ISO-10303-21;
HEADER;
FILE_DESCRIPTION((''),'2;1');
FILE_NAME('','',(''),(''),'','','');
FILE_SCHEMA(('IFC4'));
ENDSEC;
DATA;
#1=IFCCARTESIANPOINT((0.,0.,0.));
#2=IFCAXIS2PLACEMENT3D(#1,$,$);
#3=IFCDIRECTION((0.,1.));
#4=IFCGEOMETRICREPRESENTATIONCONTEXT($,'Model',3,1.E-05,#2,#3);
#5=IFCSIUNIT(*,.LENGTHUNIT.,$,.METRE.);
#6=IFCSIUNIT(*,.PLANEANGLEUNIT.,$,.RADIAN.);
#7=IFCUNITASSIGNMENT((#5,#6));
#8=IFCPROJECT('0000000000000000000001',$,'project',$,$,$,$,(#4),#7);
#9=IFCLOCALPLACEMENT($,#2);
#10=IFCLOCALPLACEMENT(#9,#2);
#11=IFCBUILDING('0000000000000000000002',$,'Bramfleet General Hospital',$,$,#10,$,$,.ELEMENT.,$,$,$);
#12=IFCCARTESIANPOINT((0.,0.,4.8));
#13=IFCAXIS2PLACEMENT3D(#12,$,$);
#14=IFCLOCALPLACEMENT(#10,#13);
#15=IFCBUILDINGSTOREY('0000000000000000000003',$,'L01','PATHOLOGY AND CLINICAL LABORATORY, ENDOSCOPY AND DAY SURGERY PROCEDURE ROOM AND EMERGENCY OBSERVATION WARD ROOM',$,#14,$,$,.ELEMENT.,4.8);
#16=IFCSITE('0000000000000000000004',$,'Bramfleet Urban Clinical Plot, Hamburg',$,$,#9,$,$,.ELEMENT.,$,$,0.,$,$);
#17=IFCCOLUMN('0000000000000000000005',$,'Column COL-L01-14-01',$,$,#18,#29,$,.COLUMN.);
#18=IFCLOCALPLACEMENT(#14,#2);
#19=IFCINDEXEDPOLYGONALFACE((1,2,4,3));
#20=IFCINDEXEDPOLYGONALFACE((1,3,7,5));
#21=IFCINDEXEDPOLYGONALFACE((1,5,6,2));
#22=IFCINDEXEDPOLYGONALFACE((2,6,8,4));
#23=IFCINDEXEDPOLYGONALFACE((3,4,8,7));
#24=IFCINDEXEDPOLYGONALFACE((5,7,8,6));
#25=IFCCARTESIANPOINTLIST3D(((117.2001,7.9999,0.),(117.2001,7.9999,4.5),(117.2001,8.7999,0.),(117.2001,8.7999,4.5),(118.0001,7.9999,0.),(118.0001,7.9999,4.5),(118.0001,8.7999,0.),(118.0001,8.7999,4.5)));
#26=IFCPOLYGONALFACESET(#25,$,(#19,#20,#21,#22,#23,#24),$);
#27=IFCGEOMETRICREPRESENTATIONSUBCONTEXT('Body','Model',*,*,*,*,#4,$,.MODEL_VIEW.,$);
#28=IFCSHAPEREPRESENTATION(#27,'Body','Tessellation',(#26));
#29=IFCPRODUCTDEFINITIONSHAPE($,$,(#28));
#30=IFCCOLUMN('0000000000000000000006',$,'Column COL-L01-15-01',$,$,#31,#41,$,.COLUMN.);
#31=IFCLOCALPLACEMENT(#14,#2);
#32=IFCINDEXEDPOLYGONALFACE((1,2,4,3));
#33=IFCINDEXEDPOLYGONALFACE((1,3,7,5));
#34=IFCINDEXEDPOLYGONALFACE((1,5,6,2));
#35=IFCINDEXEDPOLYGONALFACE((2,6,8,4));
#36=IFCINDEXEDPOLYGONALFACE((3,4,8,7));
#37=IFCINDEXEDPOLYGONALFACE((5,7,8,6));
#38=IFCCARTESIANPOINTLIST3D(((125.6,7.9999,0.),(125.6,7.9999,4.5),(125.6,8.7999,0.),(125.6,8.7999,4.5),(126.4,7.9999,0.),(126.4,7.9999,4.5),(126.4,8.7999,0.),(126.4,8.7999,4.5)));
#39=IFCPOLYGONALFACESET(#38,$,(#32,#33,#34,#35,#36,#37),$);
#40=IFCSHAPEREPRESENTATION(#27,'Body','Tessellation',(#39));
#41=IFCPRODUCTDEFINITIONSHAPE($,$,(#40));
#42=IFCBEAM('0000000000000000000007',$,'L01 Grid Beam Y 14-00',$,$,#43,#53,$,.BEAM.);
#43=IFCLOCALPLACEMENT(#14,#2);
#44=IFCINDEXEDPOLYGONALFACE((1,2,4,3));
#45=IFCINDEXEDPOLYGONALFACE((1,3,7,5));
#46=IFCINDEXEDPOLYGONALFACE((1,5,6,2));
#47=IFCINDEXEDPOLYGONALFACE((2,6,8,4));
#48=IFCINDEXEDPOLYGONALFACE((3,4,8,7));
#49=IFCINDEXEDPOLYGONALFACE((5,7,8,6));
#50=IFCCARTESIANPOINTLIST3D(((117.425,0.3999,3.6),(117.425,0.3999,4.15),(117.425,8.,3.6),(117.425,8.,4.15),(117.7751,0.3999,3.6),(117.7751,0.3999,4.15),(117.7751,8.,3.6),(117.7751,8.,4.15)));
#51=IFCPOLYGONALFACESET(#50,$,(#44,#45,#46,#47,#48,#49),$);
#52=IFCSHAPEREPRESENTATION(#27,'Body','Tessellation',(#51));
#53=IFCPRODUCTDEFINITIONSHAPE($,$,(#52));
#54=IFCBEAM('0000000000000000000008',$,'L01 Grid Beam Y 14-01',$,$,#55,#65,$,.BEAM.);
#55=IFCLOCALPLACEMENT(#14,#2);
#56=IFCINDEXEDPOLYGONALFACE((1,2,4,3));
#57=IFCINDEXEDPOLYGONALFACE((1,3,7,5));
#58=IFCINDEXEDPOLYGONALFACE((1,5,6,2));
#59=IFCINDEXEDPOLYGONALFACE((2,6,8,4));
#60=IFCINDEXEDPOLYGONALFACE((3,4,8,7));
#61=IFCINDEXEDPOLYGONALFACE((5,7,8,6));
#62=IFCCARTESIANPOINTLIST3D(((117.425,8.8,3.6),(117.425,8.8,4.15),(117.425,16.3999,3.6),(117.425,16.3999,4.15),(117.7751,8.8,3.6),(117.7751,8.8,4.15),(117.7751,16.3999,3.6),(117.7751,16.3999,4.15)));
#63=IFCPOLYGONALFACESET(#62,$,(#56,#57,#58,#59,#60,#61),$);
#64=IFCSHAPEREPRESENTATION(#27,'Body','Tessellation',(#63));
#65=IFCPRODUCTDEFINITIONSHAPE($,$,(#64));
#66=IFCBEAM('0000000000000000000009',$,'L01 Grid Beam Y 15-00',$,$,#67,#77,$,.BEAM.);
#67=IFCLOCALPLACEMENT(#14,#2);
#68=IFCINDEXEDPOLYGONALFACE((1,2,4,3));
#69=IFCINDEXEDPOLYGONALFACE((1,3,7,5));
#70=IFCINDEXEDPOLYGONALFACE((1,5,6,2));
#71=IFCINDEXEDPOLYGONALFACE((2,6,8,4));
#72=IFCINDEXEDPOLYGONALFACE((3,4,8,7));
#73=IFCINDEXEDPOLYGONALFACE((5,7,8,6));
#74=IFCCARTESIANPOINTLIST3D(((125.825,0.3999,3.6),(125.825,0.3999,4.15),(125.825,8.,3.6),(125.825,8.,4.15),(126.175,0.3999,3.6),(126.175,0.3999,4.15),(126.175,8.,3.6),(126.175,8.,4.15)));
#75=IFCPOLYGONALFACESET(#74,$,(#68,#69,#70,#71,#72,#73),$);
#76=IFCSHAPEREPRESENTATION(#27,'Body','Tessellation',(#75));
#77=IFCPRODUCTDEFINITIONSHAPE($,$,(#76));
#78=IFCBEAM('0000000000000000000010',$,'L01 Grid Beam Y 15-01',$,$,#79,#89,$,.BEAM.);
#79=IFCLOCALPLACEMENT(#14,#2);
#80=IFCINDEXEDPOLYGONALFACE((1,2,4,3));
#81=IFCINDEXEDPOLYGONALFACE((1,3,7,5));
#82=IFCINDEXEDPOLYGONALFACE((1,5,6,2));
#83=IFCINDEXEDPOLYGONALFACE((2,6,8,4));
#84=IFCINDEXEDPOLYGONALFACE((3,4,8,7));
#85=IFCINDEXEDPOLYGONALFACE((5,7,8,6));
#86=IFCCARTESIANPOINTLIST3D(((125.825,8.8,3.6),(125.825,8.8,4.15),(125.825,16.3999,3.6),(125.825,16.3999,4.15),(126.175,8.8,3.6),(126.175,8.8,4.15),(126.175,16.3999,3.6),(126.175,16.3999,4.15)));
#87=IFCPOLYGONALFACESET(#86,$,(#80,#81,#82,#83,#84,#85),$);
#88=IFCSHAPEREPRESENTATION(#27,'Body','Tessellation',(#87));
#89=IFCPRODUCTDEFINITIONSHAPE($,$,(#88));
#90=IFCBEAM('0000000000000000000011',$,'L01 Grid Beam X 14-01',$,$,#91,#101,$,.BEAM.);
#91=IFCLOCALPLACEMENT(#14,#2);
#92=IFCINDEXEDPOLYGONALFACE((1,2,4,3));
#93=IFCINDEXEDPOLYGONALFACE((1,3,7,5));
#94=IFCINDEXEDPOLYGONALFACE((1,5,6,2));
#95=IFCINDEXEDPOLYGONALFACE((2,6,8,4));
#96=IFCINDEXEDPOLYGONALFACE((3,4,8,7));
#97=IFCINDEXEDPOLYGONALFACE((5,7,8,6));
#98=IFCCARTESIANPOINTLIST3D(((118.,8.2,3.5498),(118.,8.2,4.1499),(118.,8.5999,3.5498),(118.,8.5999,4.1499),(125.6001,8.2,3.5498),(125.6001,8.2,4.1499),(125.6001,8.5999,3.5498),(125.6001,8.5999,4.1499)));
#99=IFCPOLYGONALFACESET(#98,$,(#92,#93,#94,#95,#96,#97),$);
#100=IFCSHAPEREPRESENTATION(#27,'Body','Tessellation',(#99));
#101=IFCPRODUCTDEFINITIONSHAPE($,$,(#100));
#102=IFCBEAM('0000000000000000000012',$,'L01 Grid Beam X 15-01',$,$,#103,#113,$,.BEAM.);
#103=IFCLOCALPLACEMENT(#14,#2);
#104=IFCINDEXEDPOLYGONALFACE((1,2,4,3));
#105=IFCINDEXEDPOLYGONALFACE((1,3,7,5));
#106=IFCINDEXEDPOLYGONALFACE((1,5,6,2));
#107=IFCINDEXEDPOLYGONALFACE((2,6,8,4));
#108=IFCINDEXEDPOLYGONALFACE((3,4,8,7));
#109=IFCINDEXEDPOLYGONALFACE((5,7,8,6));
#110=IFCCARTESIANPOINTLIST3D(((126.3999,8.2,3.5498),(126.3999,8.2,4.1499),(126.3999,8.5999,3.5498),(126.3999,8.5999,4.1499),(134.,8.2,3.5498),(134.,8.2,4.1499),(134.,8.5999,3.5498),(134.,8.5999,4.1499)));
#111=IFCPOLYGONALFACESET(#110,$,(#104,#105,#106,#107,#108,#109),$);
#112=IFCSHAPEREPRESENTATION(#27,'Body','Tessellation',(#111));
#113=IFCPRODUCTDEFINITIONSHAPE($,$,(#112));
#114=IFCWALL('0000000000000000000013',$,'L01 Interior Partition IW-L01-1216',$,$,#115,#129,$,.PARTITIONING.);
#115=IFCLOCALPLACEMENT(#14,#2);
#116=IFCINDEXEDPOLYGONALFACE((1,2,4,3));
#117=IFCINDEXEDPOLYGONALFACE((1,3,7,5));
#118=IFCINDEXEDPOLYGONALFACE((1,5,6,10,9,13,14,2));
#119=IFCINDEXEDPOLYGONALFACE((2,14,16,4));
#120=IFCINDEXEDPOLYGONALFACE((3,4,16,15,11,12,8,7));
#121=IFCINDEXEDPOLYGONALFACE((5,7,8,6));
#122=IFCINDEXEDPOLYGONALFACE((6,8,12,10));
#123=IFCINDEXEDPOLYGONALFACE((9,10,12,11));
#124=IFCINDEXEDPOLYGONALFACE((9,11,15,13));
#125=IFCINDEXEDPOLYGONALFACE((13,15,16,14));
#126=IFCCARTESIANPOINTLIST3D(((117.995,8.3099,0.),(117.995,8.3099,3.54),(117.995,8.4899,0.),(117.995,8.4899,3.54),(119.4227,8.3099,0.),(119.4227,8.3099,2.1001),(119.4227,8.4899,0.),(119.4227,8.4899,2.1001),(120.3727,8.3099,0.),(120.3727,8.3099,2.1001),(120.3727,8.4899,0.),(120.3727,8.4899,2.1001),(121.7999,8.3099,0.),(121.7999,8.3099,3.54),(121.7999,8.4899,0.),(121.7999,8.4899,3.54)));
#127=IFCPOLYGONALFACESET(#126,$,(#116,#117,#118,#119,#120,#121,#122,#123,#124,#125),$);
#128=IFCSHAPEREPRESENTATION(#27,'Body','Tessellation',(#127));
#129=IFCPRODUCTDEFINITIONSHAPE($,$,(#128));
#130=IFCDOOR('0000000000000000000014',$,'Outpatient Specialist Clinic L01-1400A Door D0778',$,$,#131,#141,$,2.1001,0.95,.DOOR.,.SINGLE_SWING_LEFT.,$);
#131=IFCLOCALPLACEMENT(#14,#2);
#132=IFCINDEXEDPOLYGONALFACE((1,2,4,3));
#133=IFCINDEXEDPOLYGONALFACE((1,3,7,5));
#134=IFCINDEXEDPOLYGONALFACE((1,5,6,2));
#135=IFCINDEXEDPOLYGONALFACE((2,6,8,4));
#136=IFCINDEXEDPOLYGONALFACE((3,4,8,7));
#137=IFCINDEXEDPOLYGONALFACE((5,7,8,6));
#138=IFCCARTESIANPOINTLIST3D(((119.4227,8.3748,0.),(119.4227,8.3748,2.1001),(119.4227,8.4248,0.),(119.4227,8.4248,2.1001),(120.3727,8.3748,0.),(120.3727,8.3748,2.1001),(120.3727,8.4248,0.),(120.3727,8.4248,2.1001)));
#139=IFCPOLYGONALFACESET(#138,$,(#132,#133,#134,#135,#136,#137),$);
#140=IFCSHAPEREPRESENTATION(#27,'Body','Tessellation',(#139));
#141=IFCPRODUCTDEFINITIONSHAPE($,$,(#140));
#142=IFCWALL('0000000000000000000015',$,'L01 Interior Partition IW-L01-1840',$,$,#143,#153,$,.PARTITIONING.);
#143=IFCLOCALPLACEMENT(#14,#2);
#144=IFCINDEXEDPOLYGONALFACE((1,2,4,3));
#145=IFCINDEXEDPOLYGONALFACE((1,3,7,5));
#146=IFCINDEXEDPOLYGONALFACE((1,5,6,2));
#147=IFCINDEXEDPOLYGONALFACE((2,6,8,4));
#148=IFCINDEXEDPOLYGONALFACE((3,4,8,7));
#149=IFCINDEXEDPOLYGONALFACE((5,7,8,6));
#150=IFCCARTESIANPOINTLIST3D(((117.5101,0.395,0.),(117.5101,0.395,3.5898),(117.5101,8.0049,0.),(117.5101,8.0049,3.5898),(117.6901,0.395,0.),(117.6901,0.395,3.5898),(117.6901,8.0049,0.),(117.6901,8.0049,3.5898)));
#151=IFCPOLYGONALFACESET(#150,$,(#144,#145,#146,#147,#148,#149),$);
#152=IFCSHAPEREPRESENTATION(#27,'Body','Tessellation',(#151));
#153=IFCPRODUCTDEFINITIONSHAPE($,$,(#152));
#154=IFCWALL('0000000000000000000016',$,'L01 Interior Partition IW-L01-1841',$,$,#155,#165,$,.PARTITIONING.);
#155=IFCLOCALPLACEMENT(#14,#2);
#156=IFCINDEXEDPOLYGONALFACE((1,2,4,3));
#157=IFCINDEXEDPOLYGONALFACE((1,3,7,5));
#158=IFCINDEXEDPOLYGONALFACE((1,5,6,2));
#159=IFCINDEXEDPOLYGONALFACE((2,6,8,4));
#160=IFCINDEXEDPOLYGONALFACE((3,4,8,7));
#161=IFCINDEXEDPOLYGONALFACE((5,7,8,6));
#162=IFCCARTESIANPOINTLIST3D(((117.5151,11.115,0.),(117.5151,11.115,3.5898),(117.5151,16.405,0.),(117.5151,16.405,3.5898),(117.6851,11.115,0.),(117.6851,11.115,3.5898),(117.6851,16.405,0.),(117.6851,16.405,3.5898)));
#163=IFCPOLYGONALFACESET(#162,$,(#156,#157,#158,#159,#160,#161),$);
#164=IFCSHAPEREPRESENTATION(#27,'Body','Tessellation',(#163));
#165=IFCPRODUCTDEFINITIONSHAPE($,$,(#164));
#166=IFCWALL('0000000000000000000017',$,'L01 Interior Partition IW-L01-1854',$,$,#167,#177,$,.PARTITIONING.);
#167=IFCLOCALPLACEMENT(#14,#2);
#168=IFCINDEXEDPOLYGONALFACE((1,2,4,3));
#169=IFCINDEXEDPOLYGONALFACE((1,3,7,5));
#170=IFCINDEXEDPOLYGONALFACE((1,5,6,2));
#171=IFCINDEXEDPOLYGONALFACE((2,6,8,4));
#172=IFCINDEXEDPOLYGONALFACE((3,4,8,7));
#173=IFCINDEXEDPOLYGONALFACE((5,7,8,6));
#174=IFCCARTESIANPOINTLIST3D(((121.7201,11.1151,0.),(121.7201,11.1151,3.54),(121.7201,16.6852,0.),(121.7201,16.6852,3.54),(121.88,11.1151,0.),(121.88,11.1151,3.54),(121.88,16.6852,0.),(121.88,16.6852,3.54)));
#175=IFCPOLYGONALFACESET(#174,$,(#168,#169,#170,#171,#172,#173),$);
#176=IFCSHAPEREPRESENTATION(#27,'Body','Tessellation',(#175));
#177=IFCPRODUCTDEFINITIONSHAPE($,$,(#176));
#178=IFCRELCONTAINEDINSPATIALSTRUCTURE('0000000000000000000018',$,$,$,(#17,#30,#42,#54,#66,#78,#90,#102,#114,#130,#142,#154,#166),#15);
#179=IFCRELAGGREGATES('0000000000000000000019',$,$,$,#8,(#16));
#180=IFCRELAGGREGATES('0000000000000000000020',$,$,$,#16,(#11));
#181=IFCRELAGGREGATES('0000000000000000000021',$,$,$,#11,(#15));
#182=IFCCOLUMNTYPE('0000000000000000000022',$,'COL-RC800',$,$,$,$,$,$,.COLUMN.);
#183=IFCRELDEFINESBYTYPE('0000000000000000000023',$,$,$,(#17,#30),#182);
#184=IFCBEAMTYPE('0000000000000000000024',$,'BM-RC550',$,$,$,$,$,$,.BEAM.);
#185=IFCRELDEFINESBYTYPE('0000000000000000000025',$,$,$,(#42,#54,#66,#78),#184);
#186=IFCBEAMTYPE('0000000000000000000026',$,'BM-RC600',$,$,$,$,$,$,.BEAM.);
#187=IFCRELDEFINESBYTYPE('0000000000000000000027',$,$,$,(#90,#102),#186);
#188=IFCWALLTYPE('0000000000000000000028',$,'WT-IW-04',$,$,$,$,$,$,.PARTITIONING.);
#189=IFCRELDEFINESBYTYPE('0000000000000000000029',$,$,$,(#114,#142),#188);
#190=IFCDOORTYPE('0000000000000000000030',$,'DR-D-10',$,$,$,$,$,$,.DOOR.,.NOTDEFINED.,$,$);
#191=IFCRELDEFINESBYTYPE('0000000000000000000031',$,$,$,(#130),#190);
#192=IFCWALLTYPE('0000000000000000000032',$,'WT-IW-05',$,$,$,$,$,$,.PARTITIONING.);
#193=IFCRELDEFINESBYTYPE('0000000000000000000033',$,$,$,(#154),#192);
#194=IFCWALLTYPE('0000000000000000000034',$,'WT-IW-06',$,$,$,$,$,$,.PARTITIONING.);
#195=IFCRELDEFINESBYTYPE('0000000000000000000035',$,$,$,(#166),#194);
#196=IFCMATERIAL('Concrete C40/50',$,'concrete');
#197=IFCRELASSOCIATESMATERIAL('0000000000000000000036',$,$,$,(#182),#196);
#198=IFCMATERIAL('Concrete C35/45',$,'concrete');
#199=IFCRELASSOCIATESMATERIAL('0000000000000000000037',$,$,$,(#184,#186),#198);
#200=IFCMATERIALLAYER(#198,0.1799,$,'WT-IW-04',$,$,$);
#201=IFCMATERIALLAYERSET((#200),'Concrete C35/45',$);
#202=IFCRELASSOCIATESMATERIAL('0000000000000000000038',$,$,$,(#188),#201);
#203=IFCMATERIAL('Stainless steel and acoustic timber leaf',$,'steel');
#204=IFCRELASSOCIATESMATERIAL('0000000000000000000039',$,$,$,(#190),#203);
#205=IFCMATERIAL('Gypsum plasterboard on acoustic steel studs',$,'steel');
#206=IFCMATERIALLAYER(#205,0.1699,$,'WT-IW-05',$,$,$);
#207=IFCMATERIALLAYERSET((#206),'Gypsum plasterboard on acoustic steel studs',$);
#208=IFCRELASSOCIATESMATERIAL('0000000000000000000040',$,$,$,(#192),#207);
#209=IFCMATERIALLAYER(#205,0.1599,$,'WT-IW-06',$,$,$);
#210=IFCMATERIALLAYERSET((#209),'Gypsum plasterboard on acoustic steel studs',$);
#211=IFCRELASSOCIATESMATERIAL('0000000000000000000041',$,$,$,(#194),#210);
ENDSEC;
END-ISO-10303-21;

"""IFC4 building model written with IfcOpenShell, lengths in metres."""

from ifc_helpers import new_model, si_unit, direction, frame, frame_2d, origin, origin_2d, place, context, subcontext, project, spatial, rectangle, extrude, material, layer, layer_set, material_profile, profile_set, type_object, element, fill, save


model = new_model("IFC4")

# Units and contexts
model_context = context("Model", 3, precision=1e-05, world=origin(), true_north=direction((0.0, 1.0)))
body_context = subcontext(model_context, "Body", "Model", "MODEL_VIEW")
ifc_project = project(units=[si_unit("LENGTHUNIT", "METRE"), si_unit("PLANEANGLEUNIT", "RADIAN")], contexts=[model_context])

# Site, building, storey
site_placement = place(None, origin())
site = spatial("IfcSite", under=ifc_project, at=site_placement, Name="Bramfleet Urban Clinical Plot, Hamburg", CompositionType="ELEMENT", RefElevation=0.0)
building_placement = place(site_placement, origin())
building = spatial("IfcBuilding", under=site, at=building_placement, Name="Bramfleet General Hospital", CompositionType="ELEMENT")
storey_placement = place(building_placement, frame((0.0, 0.0, 4.8)))
storey = spatial("IfcBuildingStorey", under=building, at=storey_placement, Name="L01", Description="PATHOLOGY AND CLINICAL LABORATORY, ENDOSCOPY AND DAY SURGERY PROCEDURE ROOM AND EMERGENCY OBSERVATION WARD ROOM", CompositionType="ELEMENT", Elevation=4.8)

# Columns
ifc_material_1 = material(Name="Concrete C40/50", Category="concrete")
ifc_material_profile_1 = material_profile(ifc_material_1, rectangle(XDim=0.8, YDim=0.8, at=origin_2d()), Name="RC COL 800x800")
ifc_profile_set_1 = profile_set([ifc_material_profile_1], Name="Concrete C40/50")
column_type = type_object("IfcColumnType", Name="COL-RC800", PredefinedType="COLUMN", material=ifc_profile_set_1)
for number, where, z_axis, x_axis, name in (
    (1, (117.6001, 8.3999, 0.0), (0.0, 0.0, 1.0), (1.0, 0.0, 0.0), "Column COL-L01-14-01"),
    (2, (126.0, 8.3999, 0.0), (0.0, 0.0, 1.0), (1.0, 0.0, 0.0), "Column COL-L01-15-01"),
):
    element("IfcColumn", number, at=place(storey_placement, frame(where, z_axis=z_axis, x_axis=x_axis)), inside=storey, type_object=column_type, Name=name, PredefinedType="COLUMN", context=body_context, shape_type="SweptSolid", body=[
        extrude(rectangle(XDim=0.8, YDim=0.8, at=origin_2d()), origin(), (0.0, 0.0, 1.0), 4.5),
    ])

# Beams
ifc_material_2 = material(Name="Concrete C35/45", Category="concrete")
ifc_material_profile_2 = material_profile(ifc_material_2, rectangle(XDim=0.3501, YDim=0.55, at=origin_2d()), Name="RC BM 550x350")
ifc_profile_set_2 = profile_set([ifc_material_profile_2], Name="Concrete C35/45")
beam_type_1 = type_object("IfcBeamType", Name="BM-RC550", PredefinedType="BEAM", material=ifc_profile_set_2)
beam_1_placement = place(storey_placement, frame((117.6001, 0.3999, 3.875), z_axis=(0.0, 1.0, 0.0), x_axis=(-1.0, 0.0, 0.0)))
element("IfcBeam", 3, at=beam_1_placement, inside=storey, type_object=beam_type_1, Name="L01 Grid Beam Y 14-00", PredefinedType="BEAM", context=body_context, shape_type="SweptSolid", body=[
    extrude(rectangle(XDim=0.3501, YDim=0.55, at=origin_2d()), origin(), (0.0, 0.0, 1.0), 7.6001),
])
beam_2_placement = place(storey_placement, frame((117.6001, 8.8, 3.875), z_axis=(0.0, 1.0, 0.0), x_axis=(-1.0, 0.0, 0.0)))
element("IfcBeam", 4, at=beam_2_placement, inside=storey, type_object=beam_type_1, Name="L01 Grid Beam Y 14-01", PredefinedType="BEAM", context=body_context, shape_type="SweptSolid", body=[
    extrude(rectangle(XDim=0.3501, YDim=0.55, at=origin_2d()), origin(), (0.0, 0.0, 1.0), 7.5999),
])
beam_3_placement = place(storey_placement, frame((126.0, 0.3999, 3.875), z_axis=(0.0, 1.0, 0.0), x_axis=(-1.0, 0.0, 0.0)))
element("IfcBeam", 5, at=beam_3_placement, inside=storey, type_object=beam_type_1, Name="L01 Grid Beam Y 15-00", PredefinedType="BEAM", context=body_context, shape_type="SweptSolid", body=[
    extrude(rectangle(XDim=0.3501, YDim=0.55, at=origin_2d()), origin(), (0.0, 0.0, 1.0), 7.6001),
])
beam_4_placement = place(storey_placement, frame((126.0, 8.8, 3.875), z_axis=(0.0, 1.0, 0.0), x_axis=(-1.0, 0.0, 0.0)))
element("IfcBeam", 6, at=beam_4_placement, inside=storey, type_object=beam_type_1, Name="L01 Grid Beam Y 15-01", PredefinedType="BEAM", context=body_context, shape_type="SweptSolid", body=[
    extrude(rectangle(XDim=0.3501, YDim=0.55, at=origin_2d()), origin(), (0.0, 0.0, 1.0), 7.5999),
])
ifc_material_profile_3 = material_profile(ifc_material_2, rectangle(XDim=0.3999, YDim=0.6001, at=origin_2d()), Name="RC BM 600x400")
ifc_profile_set_3 = profile_set([ifc_material_profile_3], Name="Concrete C35/45")
beam_type_2 = type_object("IfcBeamType", Name="BM-RC600", PredefinedType="BEAM", material=ifc_profile_set_3)
for number, where, z_axis, x_axis, name in (
    (7, (118.0, 8.3999, 3.8499), (1.0, 0.0, 0.0), (0.0, 1.0, 0.0), "L01 Grid Beam X 14-01"),
    (8, (126.3999, 8.3999, 3.8499), (1.0, 0.0, 0.0), (0.0, 1.0, 0.0), "L01 Grid Beam X 15-01"),
):
    element("IfcBeam", number, at=place(storey_placement, frame(where, z_axis=z_axis, x_axis=x_axis)), inside=storey, type_object=beam_type_2, Name=name, PredefinedType="BEAM", context=body_context, shape_type="SweptSolid", body=[
        extrude(rectangle(XDim=0.3999, YDim=0.6001, at=origin_2d()), origin(), (0.0, 0.0, 1.0), 7.6001),
    ])

# Wall, opening, door
ifc_layer_1 = layer(ifc_material_2, 0.1799, Name="WT-IW-04")
ifc_layer_set_1 = layer_set([ifc_layer_1], Name="Concrete C35/45")
wall_type_1 = type_object("IfcWallType", Name="WT-IW-04", PredefinedType="PARTITIONING", material=ifc_layer_set_1)
wall_1_placement = place(storey_placement, frame((117.9951, 8.3999, 0.0), z_axis=(0.0, 0.0, 1.0), x_axis=(1.0, 0.0, 0.0)))
wall_1 = element("IfcWall", 9, at=wall_1_placement, inside=storey, type_object=wall_type_1, Name="L01 Interior Partition IW-L01-1216", PredefinedType="PARTITIONING", context=body_context, shape_type="SweptSolid", body=[
    extrude(rectangle(XDim=3.8049, YDim=0.1799, at=frame_2d((1.9023, 0.0))), origin(), (0.0, 0.0, 1.0), 3.54),
])
opening_1_placement = place(wall_1_placement, frame((1.4275, 0.0, 0.0)))
opening_1 = element("IfcOpeningElement", 10, at=opening_1_placement, cuts=wall_1, PredefinedType="OPENING", context=body_context, shape_type="SweptSolid", body=[
    extrude(rectangle(XDim=0.95, YDim=2.1001, at=frame_2d((0.4751, 1.05))), frame((0.0, 0.0999, 0.0), z_axis=(0.0, -1.0, 0.0), x_axis=(1.0, 0.0, 0.0)), (0.0, 0.0, 1.0), 0.2),
])
ifc_material_3 = material(Name="Stainless steel and acoustic timber leaf", Category="steel")
door_type_1 = type_object("IfcDoorType", Name="DR-D-10", OperationType="NOTDEFINED", PredefinedType="DOOR", material=ifc_material_3)
door_1_placement = place(opening_1_placement, origin())
door_1 = element("IfcDoor", 11, at=door_1_placement, inside=storey, type_object=door_type_1, Name="Outpatient Specialist Clinic L01-1400A Door D0778", OperationType="SINGLE_SWING_LEFT", OverallHeight=2.1001, OverallWidth=0.95, PredefinedType="DOOR", context=body_context, shape_type="SweptSolid", body=[
    extrude(rectangle(XDim=0.95, YDim=2.1001, at=frame_2d((0.4751, 1.05))), frame((0.0, 0.0249, 0.0), z_axis=(0.0, -1.0, 0.0), x_axis=(1.0, 0.0, 0.0)), (0.0, 0.0, 1.0), 0.05),
])
fill(opening_1, door_1)

# Wall
wall_2_placement = place(storey_placement, frame((117.6001, 0.395, 0.0), z_axis=(0.0, 0.0, 1.0), x_axis=(0.0, 1.0, 0.0)))
element("IfcWall", 12, at=wall_2_placement, inside=storey, type_object=wall_type_1, Name="L01 Interior Partition IW-L01-1840", PredefinedType="PARTITIONING", context=body_context, shape_type="SweptSolid", body=[
    extrude(rectangle(XDim=7.6099, YDim=0.1799, at=frame_2d((3.8049, 0.0))), origin(), (0.0, 0.0, 1.0), 3.5898),
])

# Shared definitions
ifc_material_4 = material(Name="Gypsum plasterboard on acoustic steel studs", Category="steel")
ifc_layer_2 = layer(ifc_material_4, 0.1699, Name="WT-IW-05")
ifc_layer_set_2 = layer_set([ifc_layer_2], Name="Gypsum plasterboard on acoustic steel studs")
wall_type_2 = type_object("IfcWallType", Name="WT-IW-05", PredefinedType="PARTITIONING", material=ifc_layer_set_2)

# Wall
wall_3_placement = place(storey_placement, frame((117.6001, 11.115, 0.0), z_axis=(0.0, 0.0, 1.0), x_axis=(0.0, 1.0, 0.0)))
element("IfcWall", 13, at=wall_3_placement, inside=storey, type_object=wall_type_2, Name="L01 Interior Partition IW-L01-1841", PredefinedType="PARTITIONING", context=body_context, shape_type="SweptSolid", body=[
    extrude(rectangle(XDim=5.29, YDim=0.1699, at=frame_2d((2.645, 0.0))), origin(), (0.0, 0.0, 1.0), 3.5898),
])

# Shared definitions
ifc_layer_3 = layer(ifc_material_4, 0.1599, Name="WT-IW-06")
ifc_layer_set_3 = layer_set([ifc_layer_3], Name="Gypsum plasterboard on acoustic steel studs")
wall_type_3 = type_object("IfcWallType", Name="WT-IW-06", PredefinedType="PARTITIONING", material=ifc_layer_set_3)

# Wall
wall_4_placement = place(storey_placement, frame((121.8, 11.115, 0.0), z_axis=(0.0, 0.0, 1.0), x_axis=(0.0, 1.0, 0.0)))
element("IfcWall", 14, at=wall_4_placement, inside=storey, type_object=wall_type_3, Name="L01 Interior Partition IW-L01-1854", PredefinedType="PARTITIONING", context=body_context, shape_type="SweptSolid", body=[
    extrude(rectangle(XDim=5.5701, YDim=0.1599, at=frame_2d((2.7852, 0.0))), origin(), (0.0, 0.0, 1.0), 3.54),
])

save(model, "model.ifc")
